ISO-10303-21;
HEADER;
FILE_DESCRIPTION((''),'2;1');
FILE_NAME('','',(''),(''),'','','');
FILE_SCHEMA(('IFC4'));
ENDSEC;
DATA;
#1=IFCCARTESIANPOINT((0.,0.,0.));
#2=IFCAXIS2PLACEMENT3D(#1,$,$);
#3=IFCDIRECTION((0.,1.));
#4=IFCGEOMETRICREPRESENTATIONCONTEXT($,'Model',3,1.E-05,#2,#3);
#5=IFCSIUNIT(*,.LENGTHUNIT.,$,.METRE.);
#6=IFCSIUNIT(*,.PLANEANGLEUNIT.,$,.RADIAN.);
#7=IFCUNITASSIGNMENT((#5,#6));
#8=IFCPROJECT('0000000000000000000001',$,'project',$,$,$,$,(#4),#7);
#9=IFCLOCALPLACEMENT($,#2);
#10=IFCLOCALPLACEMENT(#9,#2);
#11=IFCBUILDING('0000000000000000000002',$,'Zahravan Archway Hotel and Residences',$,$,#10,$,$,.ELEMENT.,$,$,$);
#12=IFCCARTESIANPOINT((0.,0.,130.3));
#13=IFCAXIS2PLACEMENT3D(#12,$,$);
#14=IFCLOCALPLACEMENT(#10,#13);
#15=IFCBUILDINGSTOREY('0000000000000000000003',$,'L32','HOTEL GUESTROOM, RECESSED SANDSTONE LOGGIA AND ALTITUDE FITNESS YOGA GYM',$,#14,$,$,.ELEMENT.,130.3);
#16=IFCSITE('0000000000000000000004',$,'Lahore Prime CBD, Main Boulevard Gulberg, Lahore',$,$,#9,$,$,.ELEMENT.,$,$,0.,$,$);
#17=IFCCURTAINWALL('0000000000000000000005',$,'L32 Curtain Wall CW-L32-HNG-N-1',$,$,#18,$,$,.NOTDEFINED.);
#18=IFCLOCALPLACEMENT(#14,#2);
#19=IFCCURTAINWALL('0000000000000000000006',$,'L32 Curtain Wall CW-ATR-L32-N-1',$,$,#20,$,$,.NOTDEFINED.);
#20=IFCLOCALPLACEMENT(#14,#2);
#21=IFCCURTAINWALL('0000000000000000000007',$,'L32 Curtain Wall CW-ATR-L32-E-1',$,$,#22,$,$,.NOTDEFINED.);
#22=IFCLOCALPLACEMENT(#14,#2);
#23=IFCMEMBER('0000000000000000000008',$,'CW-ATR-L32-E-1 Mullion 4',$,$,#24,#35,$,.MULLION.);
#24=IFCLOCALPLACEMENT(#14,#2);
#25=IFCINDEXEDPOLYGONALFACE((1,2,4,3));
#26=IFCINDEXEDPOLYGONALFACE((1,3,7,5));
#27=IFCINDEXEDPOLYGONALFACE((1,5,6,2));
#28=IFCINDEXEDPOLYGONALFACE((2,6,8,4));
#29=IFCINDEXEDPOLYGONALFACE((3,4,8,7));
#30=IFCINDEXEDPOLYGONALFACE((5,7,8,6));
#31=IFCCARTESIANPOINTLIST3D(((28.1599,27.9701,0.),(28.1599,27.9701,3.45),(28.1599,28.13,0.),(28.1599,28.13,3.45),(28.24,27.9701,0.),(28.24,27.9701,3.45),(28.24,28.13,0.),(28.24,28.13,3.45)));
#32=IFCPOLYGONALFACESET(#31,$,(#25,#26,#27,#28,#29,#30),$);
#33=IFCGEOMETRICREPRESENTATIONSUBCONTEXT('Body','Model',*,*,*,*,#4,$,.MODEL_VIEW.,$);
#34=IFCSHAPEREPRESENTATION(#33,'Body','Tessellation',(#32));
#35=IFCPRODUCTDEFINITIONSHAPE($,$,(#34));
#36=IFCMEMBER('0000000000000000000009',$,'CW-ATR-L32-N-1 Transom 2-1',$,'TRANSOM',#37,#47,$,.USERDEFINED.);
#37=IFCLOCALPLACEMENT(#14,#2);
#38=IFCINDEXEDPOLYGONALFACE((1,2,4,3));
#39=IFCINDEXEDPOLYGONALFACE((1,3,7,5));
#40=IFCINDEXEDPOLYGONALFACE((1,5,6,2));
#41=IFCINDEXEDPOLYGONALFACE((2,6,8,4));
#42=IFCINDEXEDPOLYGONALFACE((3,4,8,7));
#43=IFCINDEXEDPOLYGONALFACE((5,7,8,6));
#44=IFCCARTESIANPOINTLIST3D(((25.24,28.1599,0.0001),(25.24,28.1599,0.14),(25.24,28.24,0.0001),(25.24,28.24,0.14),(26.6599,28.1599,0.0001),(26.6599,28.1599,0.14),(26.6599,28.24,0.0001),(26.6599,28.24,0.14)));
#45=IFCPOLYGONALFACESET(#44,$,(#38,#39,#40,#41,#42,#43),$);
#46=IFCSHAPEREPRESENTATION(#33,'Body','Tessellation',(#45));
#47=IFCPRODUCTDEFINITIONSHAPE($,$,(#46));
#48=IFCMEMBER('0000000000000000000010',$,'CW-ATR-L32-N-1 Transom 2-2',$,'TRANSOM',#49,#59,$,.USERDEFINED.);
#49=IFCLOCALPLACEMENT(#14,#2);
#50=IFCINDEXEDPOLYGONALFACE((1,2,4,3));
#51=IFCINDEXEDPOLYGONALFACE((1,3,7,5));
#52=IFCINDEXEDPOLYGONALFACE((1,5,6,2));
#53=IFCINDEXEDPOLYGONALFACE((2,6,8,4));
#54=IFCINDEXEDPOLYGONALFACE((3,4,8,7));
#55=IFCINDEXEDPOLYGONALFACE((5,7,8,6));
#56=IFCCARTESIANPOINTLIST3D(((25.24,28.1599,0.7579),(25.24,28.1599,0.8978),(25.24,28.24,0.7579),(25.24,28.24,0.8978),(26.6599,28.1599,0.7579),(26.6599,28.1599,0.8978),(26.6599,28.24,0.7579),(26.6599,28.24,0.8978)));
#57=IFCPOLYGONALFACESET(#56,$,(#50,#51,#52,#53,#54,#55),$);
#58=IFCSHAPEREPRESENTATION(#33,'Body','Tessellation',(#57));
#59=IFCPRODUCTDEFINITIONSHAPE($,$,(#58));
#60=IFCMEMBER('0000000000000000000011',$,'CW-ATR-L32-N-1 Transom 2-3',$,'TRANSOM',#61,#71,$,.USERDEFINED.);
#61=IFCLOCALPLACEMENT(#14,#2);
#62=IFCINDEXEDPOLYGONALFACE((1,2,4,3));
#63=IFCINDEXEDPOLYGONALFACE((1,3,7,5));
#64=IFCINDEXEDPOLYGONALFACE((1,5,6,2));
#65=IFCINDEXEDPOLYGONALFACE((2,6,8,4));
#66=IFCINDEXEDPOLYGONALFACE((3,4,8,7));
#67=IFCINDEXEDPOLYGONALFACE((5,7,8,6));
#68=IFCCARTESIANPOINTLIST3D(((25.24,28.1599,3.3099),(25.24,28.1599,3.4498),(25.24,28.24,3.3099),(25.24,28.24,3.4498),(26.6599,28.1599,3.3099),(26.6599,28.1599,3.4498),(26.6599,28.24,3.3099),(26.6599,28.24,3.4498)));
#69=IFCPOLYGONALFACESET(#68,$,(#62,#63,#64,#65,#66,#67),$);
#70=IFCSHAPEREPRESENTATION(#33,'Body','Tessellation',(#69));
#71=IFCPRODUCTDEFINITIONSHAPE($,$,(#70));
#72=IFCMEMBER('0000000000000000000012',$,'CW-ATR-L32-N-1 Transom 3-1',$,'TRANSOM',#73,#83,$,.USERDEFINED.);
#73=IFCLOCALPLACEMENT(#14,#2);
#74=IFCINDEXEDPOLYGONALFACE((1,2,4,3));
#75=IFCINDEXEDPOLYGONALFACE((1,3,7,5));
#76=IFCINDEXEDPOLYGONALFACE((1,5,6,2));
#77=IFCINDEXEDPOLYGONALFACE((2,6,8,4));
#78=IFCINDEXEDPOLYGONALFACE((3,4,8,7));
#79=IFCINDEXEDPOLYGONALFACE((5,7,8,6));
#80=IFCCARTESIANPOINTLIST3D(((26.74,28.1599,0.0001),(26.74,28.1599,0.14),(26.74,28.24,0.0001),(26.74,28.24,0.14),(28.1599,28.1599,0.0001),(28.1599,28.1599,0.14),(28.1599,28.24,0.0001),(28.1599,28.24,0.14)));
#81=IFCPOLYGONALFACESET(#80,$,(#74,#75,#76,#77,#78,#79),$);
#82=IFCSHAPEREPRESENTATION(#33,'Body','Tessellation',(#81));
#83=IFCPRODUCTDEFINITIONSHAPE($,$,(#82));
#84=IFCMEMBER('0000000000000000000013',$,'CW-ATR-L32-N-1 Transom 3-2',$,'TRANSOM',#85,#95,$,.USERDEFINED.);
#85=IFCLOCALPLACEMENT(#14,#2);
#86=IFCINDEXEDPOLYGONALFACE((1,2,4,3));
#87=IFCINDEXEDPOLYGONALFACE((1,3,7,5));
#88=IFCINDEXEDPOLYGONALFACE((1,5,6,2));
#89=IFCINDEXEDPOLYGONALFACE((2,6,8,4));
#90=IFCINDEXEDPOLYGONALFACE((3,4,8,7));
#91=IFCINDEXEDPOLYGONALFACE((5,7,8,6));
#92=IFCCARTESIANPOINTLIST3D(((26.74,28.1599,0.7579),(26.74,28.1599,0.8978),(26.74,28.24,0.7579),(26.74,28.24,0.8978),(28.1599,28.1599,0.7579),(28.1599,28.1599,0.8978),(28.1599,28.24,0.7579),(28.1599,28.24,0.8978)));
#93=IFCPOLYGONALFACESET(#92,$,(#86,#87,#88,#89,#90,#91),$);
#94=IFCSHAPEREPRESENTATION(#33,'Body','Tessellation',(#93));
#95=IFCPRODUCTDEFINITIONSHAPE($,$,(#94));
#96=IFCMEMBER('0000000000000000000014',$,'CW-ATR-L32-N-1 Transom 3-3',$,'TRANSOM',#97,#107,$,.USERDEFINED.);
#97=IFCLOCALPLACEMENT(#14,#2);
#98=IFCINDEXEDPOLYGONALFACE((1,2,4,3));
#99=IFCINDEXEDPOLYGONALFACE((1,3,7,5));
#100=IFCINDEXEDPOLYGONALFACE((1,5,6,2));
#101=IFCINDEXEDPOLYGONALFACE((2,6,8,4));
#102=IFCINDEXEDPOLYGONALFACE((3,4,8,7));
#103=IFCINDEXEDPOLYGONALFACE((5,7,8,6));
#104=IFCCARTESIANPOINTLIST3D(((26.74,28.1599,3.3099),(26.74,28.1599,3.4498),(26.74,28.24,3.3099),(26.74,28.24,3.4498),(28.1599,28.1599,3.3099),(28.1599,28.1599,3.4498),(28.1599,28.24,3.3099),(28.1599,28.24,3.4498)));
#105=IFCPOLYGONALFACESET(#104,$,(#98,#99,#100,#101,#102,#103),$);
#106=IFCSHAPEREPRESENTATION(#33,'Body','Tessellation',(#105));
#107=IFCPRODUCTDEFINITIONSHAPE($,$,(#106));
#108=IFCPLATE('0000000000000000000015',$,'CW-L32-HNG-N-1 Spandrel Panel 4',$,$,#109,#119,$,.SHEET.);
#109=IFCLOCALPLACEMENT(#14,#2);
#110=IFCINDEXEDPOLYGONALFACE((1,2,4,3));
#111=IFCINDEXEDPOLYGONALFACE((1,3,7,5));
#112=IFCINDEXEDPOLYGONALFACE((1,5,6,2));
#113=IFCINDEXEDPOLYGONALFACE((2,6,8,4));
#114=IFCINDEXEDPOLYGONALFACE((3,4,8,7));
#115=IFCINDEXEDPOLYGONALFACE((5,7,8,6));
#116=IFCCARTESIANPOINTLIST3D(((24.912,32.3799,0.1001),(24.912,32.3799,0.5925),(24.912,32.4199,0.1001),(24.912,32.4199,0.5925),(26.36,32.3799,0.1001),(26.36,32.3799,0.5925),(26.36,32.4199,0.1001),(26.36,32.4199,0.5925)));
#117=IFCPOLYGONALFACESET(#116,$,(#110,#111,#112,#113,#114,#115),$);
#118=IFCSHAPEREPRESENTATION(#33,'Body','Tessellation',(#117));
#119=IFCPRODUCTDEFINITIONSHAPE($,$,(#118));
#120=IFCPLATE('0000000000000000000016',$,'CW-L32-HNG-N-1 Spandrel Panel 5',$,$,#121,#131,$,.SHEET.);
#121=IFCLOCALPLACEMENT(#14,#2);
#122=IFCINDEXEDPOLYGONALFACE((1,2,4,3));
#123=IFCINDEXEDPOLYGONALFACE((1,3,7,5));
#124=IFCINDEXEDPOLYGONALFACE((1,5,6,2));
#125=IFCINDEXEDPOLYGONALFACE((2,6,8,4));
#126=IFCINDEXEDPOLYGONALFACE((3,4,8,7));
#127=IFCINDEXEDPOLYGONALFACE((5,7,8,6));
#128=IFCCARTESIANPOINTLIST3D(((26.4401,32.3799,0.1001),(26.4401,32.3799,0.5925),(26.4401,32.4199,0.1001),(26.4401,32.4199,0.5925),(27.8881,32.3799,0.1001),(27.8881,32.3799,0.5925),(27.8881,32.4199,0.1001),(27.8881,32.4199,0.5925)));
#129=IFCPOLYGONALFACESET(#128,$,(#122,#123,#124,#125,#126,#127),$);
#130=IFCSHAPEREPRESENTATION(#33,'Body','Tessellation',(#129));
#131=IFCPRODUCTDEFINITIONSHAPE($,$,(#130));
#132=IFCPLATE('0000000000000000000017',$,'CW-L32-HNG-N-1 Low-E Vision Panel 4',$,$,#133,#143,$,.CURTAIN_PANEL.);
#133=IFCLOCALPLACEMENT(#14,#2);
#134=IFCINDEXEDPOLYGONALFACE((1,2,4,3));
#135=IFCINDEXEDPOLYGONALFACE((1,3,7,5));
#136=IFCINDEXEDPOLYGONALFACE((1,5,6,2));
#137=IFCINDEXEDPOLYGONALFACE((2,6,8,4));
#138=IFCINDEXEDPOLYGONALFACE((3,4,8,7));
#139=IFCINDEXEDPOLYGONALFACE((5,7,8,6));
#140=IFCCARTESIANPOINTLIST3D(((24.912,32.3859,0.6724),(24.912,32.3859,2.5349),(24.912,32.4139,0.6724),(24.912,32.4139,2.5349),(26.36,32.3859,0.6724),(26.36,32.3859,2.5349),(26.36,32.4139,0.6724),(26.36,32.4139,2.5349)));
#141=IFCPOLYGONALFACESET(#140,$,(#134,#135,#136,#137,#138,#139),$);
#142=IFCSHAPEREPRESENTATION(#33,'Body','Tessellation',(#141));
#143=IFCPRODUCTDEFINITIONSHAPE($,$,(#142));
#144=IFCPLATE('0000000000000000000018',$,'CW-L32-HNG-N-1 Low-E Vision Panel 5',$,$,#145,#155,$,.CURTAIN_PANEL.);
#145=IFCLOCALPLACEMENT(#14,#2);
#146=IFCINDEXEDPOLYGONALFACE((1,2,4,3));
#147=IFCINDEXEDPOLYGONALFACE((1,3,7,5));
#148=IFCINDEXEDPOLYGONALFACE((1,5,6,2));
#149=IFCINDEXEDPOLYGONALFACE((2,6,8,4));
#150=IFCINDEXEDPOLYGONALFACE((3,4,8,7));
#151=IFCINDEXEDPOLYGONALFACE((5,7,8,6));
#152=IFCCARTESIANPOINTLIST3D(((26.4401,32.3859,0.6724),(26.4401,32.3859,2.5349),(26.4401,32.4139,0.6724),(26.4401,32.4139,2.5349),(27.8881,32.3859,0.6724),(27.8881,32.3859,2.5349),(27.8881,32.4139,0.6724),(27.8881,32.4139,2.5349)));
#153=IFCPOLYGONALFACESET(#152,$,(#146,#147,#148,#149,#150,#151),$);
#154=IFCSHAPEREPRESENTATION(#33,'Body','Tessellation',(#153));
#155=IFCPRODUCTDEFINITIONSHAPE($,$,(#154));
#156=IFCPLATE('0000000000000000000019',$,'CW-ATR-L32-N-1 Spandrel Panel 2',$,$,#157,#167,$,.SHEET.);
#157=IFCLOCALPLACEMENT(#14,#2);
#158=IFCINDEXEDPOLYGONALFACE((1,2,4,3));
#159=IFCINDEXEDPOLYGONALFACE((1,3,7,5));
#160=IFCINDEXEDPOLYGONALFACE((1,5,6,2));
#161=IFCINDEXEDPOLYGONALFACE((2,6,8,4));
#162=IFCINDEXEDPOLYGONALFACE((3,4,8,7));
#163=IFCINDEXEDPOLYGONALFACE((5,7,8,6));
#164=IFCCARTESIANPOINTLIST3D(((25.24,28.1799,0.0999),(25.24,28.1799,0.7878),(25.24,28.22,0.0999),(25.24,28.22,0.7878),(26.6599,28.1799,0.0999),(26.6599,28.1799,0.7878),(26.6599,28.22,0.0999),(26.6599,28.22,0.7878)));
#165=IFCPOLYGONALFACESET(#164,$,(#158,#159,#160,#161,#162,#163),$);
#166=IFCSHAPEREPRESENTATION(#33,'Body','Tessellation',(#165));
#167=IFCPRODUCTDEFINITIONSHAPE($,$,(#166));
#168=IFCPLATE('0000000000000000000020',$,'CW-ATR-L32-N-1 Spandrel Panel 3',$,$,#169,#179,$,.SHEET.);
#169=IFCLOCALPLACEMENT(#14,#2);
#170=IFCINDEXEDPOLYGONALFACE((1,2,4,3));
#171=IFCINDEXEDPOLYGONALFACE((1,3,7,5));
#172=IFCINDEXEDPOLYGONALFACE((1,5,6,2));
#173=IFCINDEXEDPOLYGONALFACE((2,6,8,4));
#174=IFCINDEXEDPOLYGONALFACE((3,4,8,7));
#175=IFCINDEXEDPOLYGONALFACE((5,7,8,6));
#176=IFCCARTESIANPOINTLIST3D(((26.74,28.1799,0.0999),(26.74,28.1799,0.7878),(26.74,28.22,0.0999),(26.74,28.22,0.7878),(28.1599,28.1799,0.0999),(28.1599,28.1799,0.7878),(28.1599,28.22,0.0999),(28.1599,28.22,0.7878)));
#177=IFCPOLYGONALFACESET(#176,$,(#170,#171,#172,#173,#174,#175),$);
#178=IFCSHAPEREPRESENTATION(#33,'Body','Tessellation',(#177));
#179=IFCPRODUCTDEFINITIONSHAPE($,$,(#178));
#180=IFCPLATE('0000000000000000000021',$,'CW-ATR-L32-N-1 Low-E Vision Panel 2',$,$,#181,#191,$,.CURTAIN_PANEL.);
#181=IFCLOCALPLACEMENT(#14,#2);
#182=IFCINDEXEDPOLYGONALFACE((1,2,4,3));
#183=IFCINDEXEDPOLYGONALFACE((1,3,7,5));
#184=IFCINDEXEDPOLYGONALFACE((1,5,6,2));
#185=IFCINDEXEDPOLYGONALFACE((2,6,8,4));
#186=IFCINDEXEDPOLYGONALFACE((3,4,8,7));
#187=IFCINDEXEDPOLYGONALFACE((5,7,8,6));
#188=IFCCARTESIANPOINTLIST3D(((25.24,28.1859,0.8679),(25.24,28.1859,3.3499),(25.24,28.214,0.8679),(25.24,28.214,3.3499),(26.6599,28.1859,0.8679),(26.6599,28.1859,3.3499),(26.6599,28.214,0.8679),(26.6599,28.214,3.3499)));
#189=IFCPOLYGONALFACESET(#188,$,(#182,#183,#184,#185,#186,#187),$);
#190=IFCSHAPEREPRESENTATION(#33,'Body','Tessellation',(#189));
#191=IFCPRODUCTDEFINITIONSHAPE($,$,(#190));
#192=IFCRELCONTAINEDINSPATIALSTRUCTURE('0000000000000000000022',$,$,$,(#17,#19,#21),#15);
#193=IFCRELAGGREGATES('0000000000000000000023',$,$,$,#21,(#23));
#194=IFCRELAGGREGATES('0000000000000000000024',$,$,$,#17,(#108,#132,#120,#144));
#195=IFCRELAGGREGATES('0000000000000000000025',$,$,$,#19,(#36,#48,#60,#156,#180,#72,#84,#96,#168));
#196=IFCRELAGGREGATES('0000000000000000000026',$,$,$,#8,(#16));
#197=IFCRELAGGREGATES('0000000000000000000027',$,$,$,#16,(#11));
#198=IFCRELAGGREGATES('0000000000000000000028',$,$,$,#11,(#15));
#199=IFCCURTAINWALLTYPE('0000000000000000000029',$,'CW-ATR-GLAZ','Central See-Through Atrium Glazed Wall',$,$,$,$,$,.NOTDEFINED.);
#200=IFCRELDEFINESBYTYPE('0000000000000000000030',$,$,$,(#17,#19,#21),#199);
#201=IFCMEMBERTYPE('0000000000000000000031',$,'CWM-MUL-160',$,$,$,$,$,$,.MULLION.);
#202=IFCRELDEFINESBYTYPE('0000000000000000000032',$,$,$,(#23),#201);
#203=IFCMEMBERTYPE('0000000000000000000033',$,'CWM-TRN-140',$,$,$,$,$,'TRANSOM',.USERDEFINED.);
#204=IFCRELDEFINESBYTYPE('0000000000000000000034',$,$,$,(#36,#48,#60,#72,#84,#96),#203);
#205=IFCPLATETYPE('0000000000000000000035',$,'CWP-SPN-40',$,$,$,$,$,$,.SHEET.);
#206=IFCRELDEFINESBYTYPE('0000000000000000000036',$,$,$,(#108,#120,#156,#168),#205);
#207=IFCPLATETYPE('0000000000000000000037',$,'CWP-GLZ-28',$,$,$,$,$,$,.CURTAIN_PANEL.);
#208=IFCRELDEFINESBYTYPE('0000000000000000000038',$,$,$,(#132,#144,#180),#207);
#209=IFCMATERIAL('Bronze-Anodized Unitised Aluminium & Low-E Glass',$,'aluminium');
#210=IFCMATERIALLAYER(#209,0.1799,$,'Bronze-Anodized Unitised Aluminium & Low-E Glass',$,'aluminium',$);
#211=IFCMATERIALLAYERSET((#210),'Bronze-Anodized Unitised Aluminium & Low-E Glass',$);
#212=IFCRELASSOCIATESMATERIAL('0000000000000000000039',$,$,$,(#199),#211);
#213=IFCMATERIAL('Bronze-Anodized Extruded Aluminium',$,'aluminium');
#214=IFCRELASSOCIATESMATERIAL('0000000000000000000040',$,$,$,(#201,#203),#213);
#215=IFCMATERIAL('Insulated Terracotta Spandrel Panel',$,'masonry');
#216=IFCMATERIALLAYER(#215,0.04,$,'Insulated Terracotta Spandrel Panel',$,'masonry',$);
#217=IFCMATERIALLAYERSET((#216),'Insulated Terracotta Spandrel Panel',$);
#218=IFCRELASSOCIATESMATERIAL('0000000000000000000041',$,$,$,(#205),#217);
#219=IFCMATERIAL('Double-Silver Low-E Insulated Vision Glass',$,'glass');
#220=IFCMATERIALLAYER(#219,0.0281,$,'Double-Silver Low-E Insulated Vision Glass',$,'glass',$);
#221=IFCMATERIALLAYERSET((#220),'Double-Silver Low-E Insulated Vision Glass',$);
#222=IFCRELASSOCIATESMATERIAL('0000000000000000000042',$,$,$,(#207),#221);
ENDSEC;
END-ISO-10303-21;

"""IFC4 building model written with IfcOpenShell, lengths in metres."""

from ifc_helpers import new_model, si_unit, direction, frame, origin, origin_2d, place, context, subcontext, project, spatial, rectangle, extrude, source, transform, mapped, material, layer, layer_set, material_profile, profile_set, type_object, element, aggregate, save


model = new_model("IFC4")

# Units and contexts
model_context = context("Model", 3, precision=1e-05, world=origin(), true_north=direction((0.0, 1.0)))
body_context = subcontext(model_context, "Body", "Model", "MODEL_VIEW")
ifc_project = project(units=[si_unit("LENGTHUNIT", "METRE"), si_unit("PLANEANGLEUNIT", "RADIAN")], contexts=[model_context])

# Site, building, storey
site_placement = place(None, origin())
site = spatial("IfcSite", under=ifc_project, at=site_placement, Name="Lahore Prime CBD, Main Boulevard Gulberg, Lahore", CompositionType="ELEMENT", RefElevation=0.0)
building_placement = place(site_placement, origin())
building = spatial("IfcBuilding", under=site, at=building_placement, Name="Zahravan Archway Hotel and Residences", CompositionType="ELEMENT")
storey_placement = place(building_placement, frame((0.0, 0.0, 130.3)))
storey = spatial("IfcBuildingStorey", under=building, at=storey_placement, Name="L32", Description="HOTEL GUESTROOM, RECESSED SANDSTONE LOGGIA AND ALTITUDE FITNESS YOGA GYM", CompositionType="ELEMENT", Elevation=130.3)

# Curtain walls
ifc_material_1 = material(Name="Bronze-Anodized Unitised Aluminium & Low-E Glass", Category="aluminium")
ifc_layer_1 = layer(ifc_material_1, 0.1799, Name="Bronze-Anodized Unitised Aluminium & Low-E Glass", Category="aluminium")
ifc_layer_set_1 = layer_set([ifc_layer_1], Name="Bronze-Anodized Unitised Aluminium & Low-E Glass")
curtain_wall_type = type_object("IfcCurtainWallType", Name="CW-ATR-GLAZ", Description="Central See-Through Atrium Glazed Wall", PredefinedType="NOTDEFINED", material=ifc_layer_set_1)
curtain_wall_1_placement = place(storey_placement, origin())
curtain_wall_1 = element("IfcCurtainWall", 1, at=curtain_wall_1_placement, inside=storey, type_object=curtain_wall_type, Name="L32 Curtain Wall CW-L32-HNG-N-1", PredefinedType="NOTDEFINED")
ifc_material_2 = material(Name="Bronze-Anodized Extruded Aluminium", Category="aluminium")
ifc_material_profile_1 = material_profile(ifc_material_2, rectangle(XDim=0.0801, YDim=0.1599, at=origin_2d()), Name="MUL 80x160", Category="aluminium")
ifc_profile_set_1 = profile_set([ifc_material_profile_1], Name="Bronze-Anodized Extruded Aluminium")
member_type_1 = type_object("IfcMemberType", Name="CWM-MUL-160", PredefinedType="MULLION", material=ifc_profile_set_1)
ifc_material_profile_2 = material_profile(ifc_material_2, rectangle(XDim=0.0801, YDim=0.1399, at=origin_2d()), Name="TRN 80x140", Category="aluminium")
ifc_profile_set_2 = profile_set([ifc_material_profile_2], Name="Bronze-Anodized Extruded Aluminium")
member_type_2 = type_object("IfcMemberType", Name="CWM-TRN-140", ElementType="TRANSOM", PredefinedType="USERDEFINED", material=ifc_profile_set_2)
curtain_wall_2_placement = place(storey_placement, origin())
curtain_wall_2 = element("IfcCurtainWall", 2, at=curtain_wall_2_placement, inside=storey, type_object=curtain_wall_type, Name="L32 Curtain Wall CW-ATR-L32-N-1", PredefinedType="NOTDEFINED")
shared_shape_1 = source(origin(), body_context, "Body", "SweptSolid", [
    extrude(rectangle(XDim=0.0801, YDim=0.1599, at=origin_2d()), origin(), (0.0, 0.0, 1.0), 3.45),
])

# Curtain wall, member
curtain_wall_3_placement = place(storey_placement, origin())
curtain_wall_3 = element("IfcCurtainWall", 3, at=curtain_wall_3_placement, inside=storey, type_object=curtain_wall_type, Name="L32 Curtain Wall CW-ATR-L32-E-1", PredefinedType="NOTDEFINED")
member_1_placement = place(storey_placement, frame((28.2, 28.05, 0.0), z_axis=(0.0, 0.0, 1.0), x_axis=(1.0, 0.0, 0.0)))
member_1 = element("IfcMember", 4, at=member_1_placement, type_object=member_type_1, Name="CW-ATR-L32-E-1 Mullion 4", PredefinedType="MULLION", context=body_context, shape_type="MappedRepresentation", body=[
    mapped(shared_shape_1, transform((0.0, 0.0, 0.0), scale=1.0)),
])
aggregate(curtain_wall_3, [member_1])

# Members
shared_shape_2 = source(origin(), body_context, "Body", "SweptSolid", [
    extrude(rectangle(XDim=0.0801, YDim=0.1399, at=origin_2d()), origin(), (0.0, 0.0, 1.0), 1.4199),
])
member_2_placement = place(storey_placement, frame((25.24, 28.2, 0.0701), z_axis=(1.0, 0.0, 0.0), x_axis=(0.0, 1.0, 0.0)))
member_2 = element("IfcMember", 5, at=member_2_placement, type_object=member_type_2, Name="CW-ATR-L32-N-1 Transom 2-1", ObjectType="TRANSOM", PredefinedType="USERDEFINED", context=body_context, shape_type="MappedRepresentation", body=[
    mapped(shared_shape_2, transform((0.0, 0.0, 0.0), scale=1.0)),
])
member_3_placement = place(storey_placement, frame((25.24, 28.2, 0.8279), z_axis=(1.0, 0.0, 0.0), x_axis=(0.0, 1.0, 0.0)))
member_3 = element("IfcMember", 6, at=member_3_placement, type_object=member_type_2, Name="CW-ATR-L32-N-1 Transom 2-2", ObjectType="TRANSOM", PredefinedType="USERDEFINED", context=body_context, shape_type="MappedRepresentation", body=[
    mapped(shared_shape_2, transform((0.0, 0.0, 0.0), scale=1.0)),
])
member_4_placement = place(storey_placement, frame((25.24, 28.2, 3.3799), z_axis=(1.0, 0.0, 0.0), x_axis=(0.0, 1.0, 0.0)))
member_4 = element("IfcMember", 7, at=member_4_placement, type_object=member_type_2, Name="CW-ATR-L32-N-1 Transom 2-3", ObjectType="TRANSOM", PredefinedType="USERDEFINED", context=body_context, shape_type="MappedRepresentation", body=[
    mapped(shared_shape_2, transform((0.0, 0.0, 0.0), scale=1.0)),
])
member_5_placement = place(storey_placement, frame((26.74, 28.2, 0.0701), z_axis=(1.0, 0.0, 0.0), x_axis=(0.0, 1.0, 0.0)))
member_5 = element("IfcMember", 8, at=member_5_placement, type_object=member_type_2, Name="CW-ATR-L32-N-1 Transom 3-1", ObjectType="TRANSOM", PredefinedType="USERDEFINED", context=body_context, shape_type="MappedRepresentation", body=[
    mapped(shared_shape_2, transform((0.0, 0.0, 0.0), scale=1.0)),
])
member_6_placement = place(storey_placement, frame((26.74, 28.2, 0.8279), z_axis=(1.0, 0.0, 0.0), x_axis=(0.0, 1.0, 0.0)))
member_6 = element("IfcMember", 9, at=member_6_placement, type_object=member_type_2, Name="CW-ATR-L32-N-1 Transom 3-2", ObjectType="TRANSOM", PredefinedType="USERDEFINED", context=body_context, shape_type="MappedRepresentation", body=[
    mapped(shared_shape_2, transform((0.0, 0.0, 0.0), scale=1.0)),
])
member_7_placement = place(storey_placement, frame((26.74, 28.2, 3.3799), z_axis=(1.0, 0.0, 0.0), x_axis=(0.0, 1.0, 0.0)))
member_7 = element("IfcMember", 10, at=member_7_placement, type_object=member_type_2, Name="CW-ATR-L32-N-1 Transom 3-3", ObjectType="TRANSOM", PredefinedType="USERDEFINED", context=body_context, shape_type="MappedRepresentation", body=[
    mapped(shared_shape_2, transform((0.0, 0.0, 0.0), scale=1.0)),
])

# Plates
ifc_material_3 = material(Name="Insulated Terracotta Spandrel Panel", Category="masonry")
ifc_layer_2 = layer(ifc_material_3, 0.04, Name="Insulated Terracotta Spandrel Panel", Category="masonry")
ifc_layer_set_2 = layer_set([ifc_layer_2], Name="Insulated Terracotta Spandrel Panel")
plate_type_1 = type_object("IfcPlateType", Name="CWP-SPN-40", PredefinedType="SHEET", material=ifc_layer_set_2)
shared_shape_3 = source(origin(), body_context, "Body", "SweptSolid", [
    extrude(rectangle(XDim=1.448, YDim=0.04, at=origin_2d()), origin(), (0.0, 0.0, 1.0), 0.4924),
])
plate_1_placement = place(storey_placement, frame((25.636, 32.3999, 0.1001), z_axis=(0.0, 0.0, 1.0), x_axis=(1.0, 0.0, 0.0)))
plate_1 = element("IfcPlate", 11, at=plate_1_placement, type_object=plate_type_1, Name="CW-L32-HNG-N-1 Spandrel Panel 4", PredefinedType="SHEET", context=body_context, shape_type="MappedRepresentation", body=[
    mapped(shared_shape_3, transform((0.0, 0.0, 0.0), scale=1.0)),
])
plate_2_placement = place(storey_placement, frame((27.1641, 32.3999, 0.1001), z_axis=(0.0, 0.0, 1.0), x_axis=(1.0, 0.0, 0.0)))
plate_2 = element("IfcPlate", 12, at=plate_2_placement, type_object=plate_type_1, Name="CW-L32-HNG-N-1 Spandrel Panel 5", PredefinedType="SHEET", context=body_context, shape_type="MappedRepresentation", body=[
    mapped(shared_shape_3, transform((0.0, 0.0, 0.0), scale=1.0)),
])
ifc_material_4 = material(Name="Double-Silver Low-E Insulated Vision Glass", Category="glass")
ifc_layer_3 = layer(ifc_material_4, 0.0281, Name="Double-Silver Low-E Insulated Vision Glass", Category="glass")
ifc_layer_set_3 = layer_set([ifc_layer_3], Name="Double-Silver Low-E Insulated Vision Glass")
plate_type_2 = type_object("IfcPlateType", Name="CWP-GLZ-28", PredefinedType="CURTAIN_PANEL", material=ifc_layer_set_3)
shared_shape_4 = source(origin(), body_context, "Body", "SweptSolid", [
    extrude(rectangle(XDim=1.448, YDim=0.0281, at=origin_2d()), origin(), (0.0, 0.0, 1.0), 1.8625),
])
plate_3_placement = place(storey_placement, frame((25.636, 32.3999, 0.6724), z_axis=(0.0, 0.0, 1.0), x_axis=(1.0, 0.0, 0.0)))
plate_3 = element("IfcPlate", 13, at=plate_3_placement, type_object=plate_type_2, Name="CW-L32-HNG-N-1 Low-E Vision Panel 4", PredefinedType="CURTAIN_PANEL", context=body_context, shape_type="MappedRepresentation", body=[
    mapped(shared_shape_4, transform((0.0, 0.0, 0.0), scale=1.0)),
])
plate_4_placement = place(storey_placement, frame((27.1641, 32.3999, 0.6724), z_axis=(0.0, 0.0, 1.0), x_axis=(1.0, 0.0, 0.0)))
plate_4 = element("IfcPlate", 14, at=plate_4_placement, type_object=plate_type_2, Name="CW-L32-HNG-N-1 Low-E Vision Panel 5", PredefinedType="CURTAIN_PANEL", context=body_context, shape_type="MappedRepresentation", body=[
    mapped(shared_shape_4, transform((0.0, 0.0, 0.0), scale=1.0)),
])
aggregate(curtain_wall_1, [plate_1, plate_3, plate_2, plate_4])
shared_shape_5 = source(origin(), body_context, "Body", "SweptSolid", [
    extrude(rectangle(XDim=1.4199, YDim=0.04, at=origin_2d()), origin(), (0.0, 0.0, 1.0), 0.688),
])
plate_5_placement = place(storey_placement, frame((25.95, 28.2, 0.0999), z_axis=(0.0, 0.0, 1.0), x_axis=(1.0, 0.0, 0.0)))
plate_5 = element("IfcPlate", 15, at=plate_5_placement, type_object=plate_type_1, Name="CW-ATR-L32-N-1 Spandrel Panel 2", PredefinedType="SHEET", context=body_context, shape_type="MappedRepresentation", body=[
    mapped(shared_shape_5, transform((0.0, 0.0, 0.0), scale=1.0)),
])
plate_6_placement = place(storey_placement, frame((27.45, 28.2, 0.0999), z_axis=(0.0, 0.0, 1.0), x_axis=(1.0, 0.0, 0.0)))
plate_6 = element("IfcPlate", 16, at=plate_6_placement, type_object=plate_type_1, Name="CW-ATR-L32-N-1 Spandrel Panel 3", PredefinedType="SHEET", context=body_context, shape_type="MappedRepresentation", body=[
    mapped(shared_shape_5, transform((0.0, 0.0, 0.0), scale=1.0)),
])
shared_shape_6 = source(origin(), body_context, "Body", "SweptSolid", [
    extrude(rectangle(XDim=1.4199, YDim=0.0281, at=origin_2d()), origin(), (0.0, 0.0, 1.0), 2.4819),
])
plate_7_placement = place(storey_placement, frame((25.95, 28.2, 0.8679), z_axis=(0.0, 0.0, 1.0), x_axis=(1.0, 0.0, 0.0)))
plate_7 = element("IfcPlate", 17, at=plate_7_placement, type_object=plate_type_2, Name="CW-ATR-L32-N-1 Low-E Vision Panel 2", PredefinedType="CURTAIN_PANEL", context=body_context, shape_type="MappedRepresentation", body=[
    mapped(shared_shape_6, transform((0.0, 0.0, 0.0), scale=1.0)),
])
aggregate(curtain_wall_2, [member_2, member_3, member_4, plate_5, plate_7, member_5, member_6, member_7, plate_6])

save(model, "model.ifc")
